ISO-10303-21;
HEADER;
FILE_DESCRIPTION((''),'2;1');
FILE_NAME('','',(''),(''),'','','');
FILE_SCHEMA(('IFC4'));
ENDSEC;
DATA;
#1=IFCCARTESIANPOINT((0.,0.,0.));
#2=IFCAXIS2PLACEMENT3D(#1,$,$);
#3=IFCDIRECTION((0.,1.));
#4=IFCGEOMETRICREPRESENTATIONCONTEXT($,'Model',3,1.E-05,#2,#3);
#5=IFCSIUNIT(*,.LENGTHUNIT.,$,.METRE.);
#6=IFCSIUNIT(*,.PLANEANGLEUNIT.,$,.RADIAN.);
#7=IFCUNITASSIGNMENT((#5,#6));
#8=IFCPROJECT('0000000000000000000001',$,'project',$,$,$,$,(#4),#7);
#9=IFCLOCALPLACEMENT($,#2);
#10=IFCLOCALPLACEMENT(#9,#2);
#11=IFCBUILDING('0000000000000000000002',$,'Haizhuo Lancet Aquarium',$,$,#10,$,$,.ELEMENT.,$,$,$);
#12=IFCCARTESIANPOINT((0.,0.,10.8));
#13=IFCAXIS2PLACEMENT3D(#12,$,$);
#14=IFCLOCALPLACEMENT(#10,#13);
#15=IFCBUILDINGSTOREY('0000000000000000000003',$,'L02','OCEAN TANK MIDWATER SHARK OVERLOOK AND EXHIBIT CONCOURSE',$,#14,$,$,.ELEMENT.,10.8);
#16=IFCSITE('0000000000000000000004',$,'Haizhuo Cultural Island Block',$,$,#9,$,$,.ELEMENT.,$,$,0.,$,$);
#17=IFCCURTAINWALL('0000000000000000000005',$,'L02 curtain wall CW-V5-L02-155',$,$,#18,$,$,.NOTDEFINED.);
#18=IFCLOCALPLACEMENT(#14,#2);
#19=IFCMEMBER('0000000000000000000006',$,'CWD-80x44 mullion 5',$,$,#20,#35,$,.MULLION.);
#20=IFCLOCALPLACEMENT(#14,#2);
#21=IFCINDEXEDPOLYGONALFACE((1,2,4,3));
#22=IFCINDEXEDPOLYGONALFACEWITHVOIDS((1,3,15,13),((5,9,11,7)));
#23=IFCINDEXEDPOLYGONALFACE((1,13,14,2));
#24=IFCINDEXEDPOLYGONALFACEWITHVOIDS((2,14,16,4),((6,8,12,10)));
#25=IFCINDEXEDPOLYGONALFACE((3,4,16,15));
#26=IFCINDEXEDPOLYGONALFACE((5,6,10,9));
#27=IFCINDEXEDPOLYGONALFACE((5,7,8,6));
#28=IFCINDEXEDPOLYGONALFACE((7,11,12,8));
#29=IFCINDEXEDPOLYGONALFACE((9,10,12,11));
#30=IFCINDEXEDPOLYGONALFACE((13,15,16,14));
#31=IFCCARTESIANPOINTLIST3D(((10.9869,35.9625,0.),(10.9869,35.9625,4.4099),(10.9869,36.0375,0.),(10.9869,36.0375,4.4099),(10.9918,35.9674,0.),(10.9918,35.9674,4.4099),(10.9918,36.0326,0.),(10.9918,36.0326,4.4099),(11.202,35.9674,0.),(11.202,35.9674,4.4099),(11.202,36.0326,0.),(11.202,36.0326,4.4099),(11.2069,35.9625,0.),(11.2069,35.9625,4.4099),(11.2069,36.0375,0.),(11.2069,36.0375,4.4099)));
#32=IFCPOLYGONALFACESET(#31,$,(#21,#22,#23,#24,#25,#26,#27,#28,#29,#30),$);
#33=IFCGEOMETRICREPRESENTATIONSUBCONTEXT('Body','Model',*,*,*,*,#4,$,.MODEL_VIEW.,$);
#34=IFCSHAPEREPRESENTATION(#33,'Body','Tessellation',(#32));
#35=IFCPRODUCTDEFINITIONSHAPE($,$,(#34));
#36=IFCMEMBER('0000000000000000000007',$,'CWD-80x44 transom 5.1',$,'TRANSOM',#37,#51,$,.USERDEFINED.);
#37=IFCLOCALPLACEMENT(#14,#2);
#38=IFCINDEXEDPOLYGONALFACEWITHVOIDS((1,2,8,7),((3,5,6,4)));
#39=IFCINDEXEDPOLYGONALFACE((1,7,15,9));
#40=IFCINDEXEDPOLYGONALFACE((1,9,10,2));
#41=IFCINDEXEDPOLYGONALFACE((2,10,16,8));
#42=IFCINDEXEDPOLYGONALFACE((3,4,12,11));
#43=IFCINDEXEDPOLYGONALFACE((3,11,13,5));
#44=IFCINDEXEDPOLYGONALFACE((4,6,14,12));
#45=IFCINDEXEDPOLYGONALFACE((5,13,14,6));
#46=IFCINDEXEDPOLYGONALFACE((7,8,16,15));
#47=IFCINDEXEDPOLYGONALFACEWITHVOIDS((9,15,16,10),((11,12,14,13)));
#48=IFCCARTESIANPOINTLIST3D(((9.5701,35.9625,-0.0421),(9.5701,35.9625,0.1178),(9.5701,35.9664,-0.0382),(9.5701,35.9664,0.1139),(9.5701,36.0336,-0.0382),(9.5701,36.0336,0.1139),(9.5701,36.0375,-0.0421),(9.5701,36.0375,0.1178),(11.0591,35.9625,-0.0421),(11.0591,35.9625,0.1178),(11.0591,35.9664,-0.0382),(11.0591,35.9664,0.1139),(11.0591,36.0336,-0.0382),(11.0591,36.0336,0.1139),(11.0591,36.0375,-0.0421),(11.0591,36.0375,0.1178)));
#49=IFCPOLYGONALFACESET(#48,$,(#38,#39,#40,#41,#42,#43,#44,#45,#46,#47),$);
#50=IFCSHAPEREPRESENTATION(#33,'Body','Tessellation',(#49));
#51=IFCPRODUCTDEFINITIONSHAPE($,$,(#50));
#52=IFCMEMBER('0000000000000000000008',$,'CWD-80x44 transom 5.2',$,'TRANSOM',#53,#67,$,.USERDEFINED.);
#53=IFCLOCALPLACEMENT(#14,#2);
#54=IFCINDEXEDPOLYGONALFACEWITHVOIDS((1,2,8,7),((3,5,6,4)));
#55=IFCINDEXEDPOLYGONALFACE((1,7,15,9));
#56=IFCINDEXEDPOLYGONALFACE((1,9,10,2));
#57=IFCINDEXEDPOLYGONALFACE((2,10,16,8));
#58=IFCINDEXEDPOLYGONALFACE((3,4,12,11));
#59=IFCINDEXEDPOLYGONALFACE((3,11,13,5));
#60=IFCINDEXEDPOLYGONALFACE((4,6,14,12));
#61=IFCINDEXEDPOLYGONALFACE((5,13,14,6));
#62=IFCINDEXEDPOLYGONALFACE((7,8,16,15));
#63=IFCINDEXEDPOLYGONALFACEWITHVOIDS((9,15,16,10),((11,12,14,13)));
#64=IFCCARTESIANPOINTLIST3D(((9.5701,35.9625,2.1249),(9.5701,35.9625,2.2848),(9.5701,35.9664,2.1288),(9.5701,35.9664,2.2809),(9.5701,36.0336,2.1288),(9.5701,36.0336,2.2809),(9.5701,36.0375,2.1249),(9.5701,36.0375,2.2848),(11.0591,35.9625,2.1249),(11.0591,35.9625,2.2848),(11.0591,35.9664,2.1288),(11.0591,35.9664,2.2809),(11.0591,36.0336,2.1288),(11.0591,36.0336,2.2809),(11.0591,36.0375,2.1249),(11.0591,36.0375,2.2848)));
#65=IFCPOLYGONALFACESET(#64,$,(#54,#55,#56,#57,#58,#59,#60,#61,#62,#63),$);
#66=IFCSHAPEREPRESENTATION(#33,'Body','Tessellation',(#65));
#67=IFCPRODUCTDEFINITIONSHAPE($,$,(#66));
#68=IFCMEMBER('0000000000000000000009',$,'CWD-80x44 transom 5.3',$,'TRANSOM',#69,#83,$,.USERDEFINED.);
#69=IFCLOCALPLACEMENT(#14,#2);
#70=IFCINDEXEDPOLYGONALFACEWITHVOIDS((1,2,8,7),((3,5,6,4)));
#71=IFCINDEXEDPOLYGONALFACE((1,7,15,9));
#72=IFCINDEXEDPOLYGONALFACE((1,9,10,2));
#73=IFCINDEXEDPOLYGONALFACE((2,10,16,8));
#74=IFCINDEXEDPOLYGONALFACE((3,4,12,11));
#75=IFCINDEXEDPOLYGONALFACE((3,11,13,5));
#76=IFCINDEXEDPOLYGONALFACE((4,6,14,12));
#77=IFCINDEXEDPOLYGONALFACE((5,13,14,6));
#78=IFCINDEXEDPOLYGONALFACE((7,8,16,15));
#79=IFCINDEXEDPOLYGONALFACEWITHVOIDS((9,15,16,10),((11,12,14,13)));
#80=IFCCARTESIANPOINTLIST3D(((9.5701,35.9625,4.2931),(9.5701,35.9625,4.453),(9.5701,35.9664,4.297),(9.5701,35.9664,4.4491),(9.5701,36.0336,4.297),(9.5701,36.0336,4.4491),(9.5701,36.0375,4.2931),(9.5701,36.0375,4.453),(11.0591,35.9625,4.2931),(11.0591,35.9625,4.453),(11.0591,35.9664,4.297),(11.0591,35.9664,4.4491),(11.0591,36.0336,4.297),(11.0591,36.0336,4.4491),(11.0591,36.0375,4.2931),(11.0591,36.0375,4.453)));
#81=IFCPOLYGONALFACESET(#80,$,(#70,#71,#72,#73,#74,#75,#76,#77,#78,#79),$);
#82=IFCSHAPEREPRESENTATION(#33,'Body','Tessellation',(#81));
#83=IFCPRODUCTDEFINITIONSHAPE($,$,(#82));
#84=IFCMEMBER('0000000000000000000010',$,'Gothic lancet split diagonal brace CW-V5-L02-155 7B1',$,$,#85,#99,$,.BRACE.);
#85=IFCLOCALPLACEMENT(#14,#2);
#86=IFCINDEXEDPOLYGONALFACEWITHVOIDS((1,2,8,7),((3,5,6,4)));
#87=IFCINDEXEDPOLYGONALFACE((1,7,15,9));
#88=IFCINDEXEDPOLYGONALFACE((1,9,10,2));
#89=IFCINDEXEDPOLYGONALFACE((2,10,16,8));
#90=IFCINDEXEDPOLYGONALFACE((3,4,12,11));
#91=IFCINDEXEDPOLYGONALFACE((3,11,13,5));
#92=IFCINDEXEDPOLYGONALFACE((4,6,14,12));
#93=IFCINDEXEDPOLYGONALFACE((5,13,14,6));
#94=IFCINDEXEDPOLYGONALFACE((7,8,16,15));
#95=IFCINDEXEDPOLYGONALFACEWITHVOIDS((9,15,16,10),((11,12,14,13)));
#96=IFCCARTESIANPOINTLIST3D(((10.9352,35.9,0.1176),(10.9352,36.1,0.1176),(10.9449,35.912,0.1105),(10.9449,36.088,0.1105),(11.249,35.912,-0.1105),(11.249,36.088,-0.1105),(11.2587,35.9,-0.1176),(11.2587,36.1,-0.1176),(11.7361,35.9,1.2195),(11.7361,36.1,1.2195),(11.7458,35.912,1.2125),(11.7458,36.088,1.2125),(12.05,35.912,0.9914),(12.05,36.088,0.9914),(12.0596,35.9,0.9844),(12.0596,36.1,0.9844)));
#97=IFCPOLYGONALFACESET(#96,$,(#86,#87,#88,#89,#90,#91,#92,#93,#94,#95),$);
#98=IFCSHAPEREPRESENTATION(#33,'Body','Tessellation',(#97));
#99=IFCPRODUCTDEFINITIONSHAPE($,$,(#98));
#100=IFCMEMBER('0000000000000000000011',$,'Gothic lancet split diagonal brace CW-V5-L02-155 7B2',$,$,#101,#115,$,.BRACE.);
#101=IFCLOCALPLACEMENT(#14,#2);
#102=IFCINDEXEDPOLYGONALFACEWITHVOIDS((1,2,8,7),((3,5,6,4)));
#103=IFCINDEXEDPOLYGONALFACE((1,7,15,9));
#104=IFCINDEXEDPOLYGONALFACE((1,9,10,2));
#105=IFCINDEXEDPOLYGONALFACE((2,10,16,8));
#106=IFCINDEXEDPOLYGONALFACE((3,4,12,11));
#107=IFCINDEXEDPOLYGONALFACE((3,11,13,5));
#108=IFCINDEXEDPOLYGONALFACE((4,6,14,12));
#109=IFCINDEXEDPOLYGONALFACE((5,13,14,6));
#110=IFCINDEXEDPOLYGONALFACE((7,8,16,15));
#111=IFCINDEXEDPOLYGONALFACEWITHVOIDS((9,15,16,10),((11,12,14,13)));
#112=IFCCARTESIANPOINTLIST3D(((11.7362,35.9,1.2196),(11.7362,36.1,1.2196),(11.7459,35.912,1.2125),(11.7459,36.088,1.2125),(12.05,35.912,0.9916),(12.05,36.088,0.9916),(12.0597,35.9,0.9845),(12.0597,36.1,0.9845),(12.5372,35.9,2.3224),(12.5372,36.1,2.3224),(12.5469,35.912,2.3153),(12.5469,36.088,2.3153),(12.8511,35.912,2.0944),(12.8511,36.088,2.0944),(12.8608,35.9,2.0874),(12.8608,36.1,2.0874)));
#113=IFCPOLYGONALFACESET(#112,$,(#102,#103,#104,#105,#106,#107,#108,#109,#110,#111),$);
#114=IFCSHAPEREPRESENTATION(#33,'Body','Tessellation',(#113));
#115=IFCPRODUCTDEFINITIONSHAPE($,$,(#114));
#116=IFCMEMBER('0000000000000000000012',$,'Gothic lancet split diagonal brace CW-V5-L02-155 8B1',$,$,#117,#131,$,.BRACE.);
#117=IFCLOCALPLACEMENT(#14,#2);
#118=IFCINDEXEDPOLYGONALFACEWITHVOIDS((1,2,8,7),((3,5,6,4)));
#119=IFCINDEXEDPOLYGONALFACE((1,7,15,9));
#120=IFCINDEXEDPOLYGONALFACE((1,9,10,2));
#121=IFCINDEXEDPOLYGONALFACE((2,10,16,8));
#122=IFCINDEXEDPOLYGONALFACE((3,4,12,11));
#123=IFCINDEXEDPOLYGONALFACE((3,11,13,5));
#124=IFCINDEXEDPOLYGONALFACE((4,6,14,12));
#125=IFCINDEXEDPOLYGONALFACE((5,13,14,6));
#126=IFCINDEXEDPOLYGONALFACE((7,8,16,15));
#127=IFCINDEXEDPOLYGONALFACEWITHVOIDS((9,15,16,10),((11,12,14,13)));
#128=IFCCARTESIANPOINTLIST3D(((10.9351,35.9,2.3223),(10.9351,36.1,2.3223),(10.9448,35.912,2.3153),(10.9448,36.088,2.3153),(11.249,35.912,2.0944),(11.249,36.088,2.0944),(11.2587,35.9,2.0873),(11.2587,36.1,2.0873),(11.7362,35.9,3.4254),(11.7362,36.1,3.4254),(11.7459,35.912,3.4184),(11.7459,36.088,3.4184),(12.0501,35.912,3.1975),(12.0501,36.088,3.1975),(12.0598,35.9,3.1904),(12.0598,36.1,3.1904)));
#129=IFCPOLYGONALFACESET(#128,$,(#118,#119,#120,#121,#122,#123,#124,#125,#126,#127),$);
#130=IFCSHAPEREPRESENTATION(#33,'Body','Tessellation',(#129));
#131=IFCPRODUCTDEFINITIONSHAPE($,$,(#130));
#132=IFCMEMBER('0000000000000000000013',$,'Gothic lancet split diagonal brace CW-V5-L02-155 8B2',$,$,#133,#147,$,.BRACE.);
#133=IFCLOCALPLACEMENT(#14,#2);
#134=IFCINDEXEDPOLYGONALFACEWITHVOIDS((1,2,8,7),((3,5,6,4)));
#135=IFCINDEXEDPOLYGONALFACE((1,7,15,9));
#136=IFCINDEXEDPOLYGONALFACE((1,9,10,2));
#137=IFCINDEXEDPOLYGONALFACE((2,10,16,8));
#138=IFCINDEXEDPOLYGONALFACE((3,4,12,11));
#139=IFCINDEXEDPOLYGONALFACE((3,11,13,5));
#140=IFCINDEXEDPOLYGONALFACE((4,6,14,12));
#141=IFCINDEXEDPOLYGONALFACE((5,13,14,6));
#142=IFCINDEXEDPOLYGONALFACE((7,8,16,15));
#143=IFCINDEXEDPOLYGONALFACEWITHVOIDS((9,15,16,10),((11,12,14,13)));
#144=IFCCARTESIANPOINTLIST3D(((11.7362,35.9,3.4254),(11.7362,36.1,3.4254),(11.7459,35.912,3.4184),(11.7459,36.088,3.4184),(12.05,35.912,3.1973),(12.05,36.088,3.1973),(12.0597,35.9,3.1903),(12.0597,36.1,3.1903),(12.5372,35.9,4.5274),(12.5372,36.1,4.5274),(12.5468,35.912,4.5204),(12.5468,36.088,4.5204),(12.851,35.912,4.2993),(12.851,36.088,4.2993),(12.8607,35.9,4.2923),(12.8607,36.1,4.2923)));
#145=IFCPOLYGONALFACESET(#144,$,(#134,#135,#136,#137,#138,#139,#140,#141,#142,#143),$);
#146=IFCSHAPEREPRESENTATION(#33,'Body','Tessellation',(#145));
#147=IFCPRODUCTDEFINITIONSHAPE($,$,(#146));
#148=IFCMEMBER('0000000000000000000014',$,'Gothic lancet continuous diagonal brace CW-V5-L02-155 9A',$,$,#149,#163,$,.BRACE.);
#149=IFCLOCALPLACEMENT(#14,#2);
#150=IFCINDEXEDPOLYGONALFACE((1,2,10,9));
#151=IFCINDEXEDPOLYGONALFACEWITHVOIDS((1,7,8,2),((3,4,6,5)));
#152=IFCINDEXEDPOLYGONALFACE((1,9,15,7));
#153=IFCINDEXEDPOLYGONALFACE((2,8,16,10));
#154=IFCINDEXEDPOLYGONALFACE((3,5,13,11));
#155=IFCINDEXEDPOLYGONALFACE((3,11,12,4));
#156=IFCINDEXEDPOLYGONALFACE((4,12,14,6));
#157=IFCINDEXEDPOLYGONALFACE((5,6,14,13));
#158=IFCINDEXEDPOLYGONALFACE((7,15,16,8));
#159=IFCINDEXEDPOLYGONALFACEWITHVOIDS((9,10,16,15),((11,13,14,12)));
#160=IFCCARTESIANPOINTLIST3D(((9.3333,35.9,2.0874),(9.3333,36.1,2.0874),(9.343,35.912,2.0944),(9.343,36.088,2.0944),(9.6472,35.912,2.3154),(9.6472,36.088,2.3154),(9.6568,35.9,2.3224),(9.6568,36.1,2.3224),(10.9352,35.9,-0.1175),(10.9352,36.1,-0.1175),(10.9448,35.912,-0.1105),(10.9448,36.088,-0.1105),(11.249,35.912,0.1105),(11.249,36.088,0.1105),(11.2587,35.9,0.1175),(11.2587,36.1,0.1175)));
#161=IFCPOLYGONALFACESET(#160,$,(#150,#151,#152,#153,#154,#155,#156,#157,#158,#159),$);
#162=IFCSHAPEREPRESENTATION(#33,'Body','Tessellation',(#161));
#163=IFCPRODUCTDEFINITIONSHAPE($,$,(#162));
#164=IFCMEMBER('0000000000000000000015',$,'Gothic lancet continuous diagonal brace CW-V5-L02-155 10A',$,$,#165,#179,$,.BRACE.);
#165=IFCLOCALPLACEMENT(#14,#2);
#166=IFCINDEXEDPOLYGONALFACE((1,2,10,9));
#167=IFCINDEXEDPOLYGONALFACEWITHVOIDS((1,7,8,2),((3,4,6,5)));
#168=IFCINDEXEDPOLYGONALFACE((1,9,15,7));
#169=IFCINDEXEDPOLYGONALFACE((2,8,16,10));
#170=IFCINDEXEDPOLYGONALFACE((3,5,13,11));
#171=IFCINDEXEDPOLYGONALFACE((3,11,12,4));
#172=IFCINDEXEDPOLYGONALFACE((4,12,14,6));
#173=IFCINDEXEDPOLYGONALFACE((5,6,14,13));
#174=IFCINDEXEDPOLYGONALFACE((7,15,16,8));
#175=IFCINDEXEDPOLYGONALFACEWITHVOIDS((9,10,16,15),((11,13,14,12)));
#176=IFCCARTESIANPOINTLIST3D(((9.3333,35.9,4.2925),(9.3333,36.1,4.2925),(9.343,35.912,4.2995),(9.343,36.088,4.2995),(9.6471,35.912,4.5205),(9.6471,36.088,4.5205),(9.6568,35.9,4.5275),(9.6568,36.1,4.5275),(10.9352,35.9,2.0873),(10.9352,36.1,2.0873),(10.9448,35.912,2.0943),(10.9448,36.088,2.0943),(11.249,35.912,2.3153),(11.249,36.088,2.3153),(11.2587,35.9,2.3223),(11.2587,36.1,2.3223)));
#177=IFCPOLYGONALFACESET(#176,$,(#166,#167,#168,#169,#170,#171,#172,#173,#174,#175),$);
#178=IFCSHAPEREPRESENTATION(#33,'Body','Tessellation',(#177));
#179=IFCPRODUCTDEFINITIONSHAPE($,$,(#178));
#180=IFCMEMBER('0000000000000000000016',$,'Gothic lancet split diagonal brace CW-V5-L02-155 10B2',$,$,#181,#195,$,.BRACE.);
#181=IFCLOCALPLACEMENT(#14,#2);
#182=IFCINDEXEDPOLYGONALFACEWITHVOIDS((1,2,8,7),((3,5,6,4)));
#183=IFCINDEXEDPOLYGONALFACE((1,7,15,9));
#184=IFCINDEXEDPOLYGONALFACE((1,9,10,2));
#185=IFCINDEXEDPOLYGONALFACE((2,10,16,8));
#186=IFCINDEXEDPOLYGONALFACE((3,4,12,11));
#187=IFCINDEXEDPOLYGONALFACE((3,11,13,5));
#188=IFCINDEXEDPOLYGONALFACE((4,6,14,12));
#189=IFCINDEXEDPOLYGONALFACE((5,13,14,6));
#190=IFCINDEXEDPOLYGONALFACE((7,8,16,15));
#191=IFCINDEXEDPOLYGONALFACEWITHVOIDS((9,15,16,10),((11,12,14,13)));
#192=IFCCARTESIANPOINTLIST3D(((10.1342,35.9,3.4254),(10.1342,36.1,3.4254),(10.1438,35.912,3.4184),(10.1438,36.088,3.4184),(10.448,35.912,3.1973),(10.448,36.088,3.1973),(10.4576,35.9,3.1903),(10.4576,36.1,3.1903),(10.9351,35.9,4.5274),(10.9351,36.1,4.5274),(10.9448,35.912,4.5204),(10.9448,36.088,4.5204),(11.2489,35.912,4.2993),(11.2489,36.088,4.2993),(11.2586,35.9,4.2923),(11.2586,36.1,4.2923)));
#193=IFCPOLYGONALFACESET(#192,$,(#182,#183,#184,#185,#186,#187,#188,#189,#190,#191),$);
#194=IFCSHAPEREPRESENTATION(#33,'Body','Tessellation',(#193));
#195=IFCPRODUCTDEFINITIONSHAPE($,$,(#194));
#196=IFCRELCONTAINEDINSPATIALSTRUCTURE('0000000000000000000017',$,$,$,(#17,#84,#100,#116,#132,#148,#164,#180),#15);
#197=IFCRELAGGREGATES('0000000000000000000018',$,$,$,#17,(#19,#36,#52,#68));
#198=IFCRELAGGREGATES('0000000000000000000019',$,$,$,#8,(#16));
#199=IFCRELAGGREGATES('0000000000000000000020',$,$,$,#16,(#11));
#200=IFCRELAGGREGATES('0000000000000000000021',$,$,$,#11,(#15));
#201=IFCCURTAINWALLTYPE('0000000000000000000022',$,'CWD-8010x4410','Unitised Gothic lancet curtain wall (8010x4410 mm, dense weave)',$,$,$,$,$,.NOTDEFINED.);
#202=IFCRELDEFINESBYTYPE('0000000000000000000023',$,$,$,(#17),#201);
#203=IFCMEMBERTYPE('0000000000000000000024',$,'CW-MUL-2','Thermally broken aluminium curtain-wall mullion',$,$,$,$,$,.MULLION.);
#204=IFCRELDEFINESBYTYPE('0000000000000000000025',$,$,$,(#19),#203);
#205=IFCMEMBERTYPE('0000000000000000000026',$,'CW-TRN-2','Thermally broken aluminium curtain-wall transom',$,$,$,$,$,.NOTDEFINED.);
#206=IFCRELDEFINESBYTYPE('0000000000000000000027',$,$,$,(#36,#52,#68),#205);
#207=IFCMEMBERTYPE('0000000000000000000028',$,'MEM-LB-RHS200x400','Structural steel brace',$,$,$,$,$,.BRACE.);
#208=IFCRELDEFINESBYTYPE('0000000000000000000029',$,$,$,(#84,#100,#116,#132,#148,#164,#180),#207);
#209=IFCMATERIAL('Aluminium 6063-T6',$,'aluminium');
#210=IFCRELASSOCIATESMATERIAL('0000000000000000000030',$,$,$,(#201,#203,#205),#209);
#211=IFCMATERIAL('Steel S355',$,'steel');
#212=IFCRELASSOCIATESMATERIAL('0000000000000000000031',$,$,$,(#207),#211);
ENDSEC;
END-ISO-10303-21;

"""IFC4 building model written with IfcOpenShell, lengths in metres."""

from ifc_helpers import new_model, si_unit, direction, frame, origin, origin_2d, place, context, subcontext, project, spatial, hollow_rectangle, extrude, material, material_profile, profile_set, type_object, element, aggregate, save


model = new_model("IFC4")

# Units and contexts
model_context = context("Model", 3, precision=1e-05, world=origin(), true_north=direction((0.0, 1.0)))
body_context = subcontext(model_context, "Body", "Model", "MODEL_VIEW")
ifc_project = project(units=[si_unit("LENGTHUNIT", "METRE"), si_unit("PLANEANGLEUNIT", "RADIAN")], contexts=[model_context])

# Site, building, storey
site_placement = place(None, origin())
site = spatial("IfcSite", under=ifc_project, at=site_placement, Name="Haizhuo Cultural Island Block", CompositionType="ELEMENT", RefElevation=0.0)
building_placement = place(site_placement, origin())
building = spatial("IfcBuilding", under=site, at=building_placement, Name="Haizhuo Lancet Aquarium", CompositionType="ELEMENT")
storey_placement = place(building_placement, frame((0.0, 0.0, 10.8)))
storey = spatial("IfcBuildingStorey", under=building, at=storey_placement, Name="L02", Description="OCEAN TANK MIDWATER SHARK OVERLOOK AND EXHIBIT CONCOURSE", CompositionType="ELEMENT", Elevation=10.8)

# Curtain wall, members
ifc_material_1 = material(Name="Aluminium 6063-T6", Category="aluminium")
curtain_wall_type = type_object("IfcCurtainWallType", Name="CWD-8010x4410", Description="Unitised Gothic lancet curtain wall (8010x4410 mm, dense weave)", PredefinedType="NOTDEFINED", material=ifc_material_1)
curtain_wall_placement = place(storey_placement, origin())
curtain_wall = element("IfcCurtainWall", 1, at=curtain_wall_placement, inside=storey, type_object=curtain_wall_type, Name="L02 curtain wall CW-V5-L02-155", PredefinedType="NOTDEFINED")
ifc_material_profile_1 = material_profile(ifc_material_1, hollow_rectangle(XDim=0.075, YDim=0.22, WallThickness=0.0049, at=origin_2d()), Name="ALU-M 75x220x5")
ifc_profile_set_1 = profile_set([ifc_material_profile_1], Name="Aluminium 6063-T6")
member_type_1 = type_object("IfcMemberType", Name="CW-MUL-2", Description="Thermally broken aluminium curtain-wall mullion", PredefinedType="MULLION", material=ifc_profile_set_1)
member_1_placement = place(storey_placement, frame((11.0969, 36.0, 0.0), z_axis=(0.0, 0.0, 1.0), x_axis=(0.0, -1.0, 0.0)))
member_1 = element("IfcMember", 2, at=member_1_placement, type_object=member_type_1, Name="CWD-80x44 mullion 5", PredefinedType="MULLION", context=body_context, shape_type="SweptSolid", body=[
    extrude(hollow_rectangle(XDim=0.075, YDim=0.22, WallThickness=0.0049, at=origin_2d()), origin(), (0.0, 0.0, 1.0), 4.4099),
])
ifc_material_profile_2 = material_profile(ifc_material_1, hollow_rectangle(XDim=0.075, YDim=0.1599, WallThickness=0.0039, at=origin_2d()), Name="ALU-T 75x160x4")
ifc_profile_set_2 = profile_set([ifc_material_profile_2], Name="Aluminium 6063-T6")
member_type_2 = type_object("IfcMemberType", Name="CW-TRN-2", Description="Thermally broken aluminium curtain-wall transom", PredefinedType="NOTDEFINED", material=ifc_profile_set_2)
member_2_placement = place(storey_placement, frame((11.0591, 36.0, 0.0378), z_axis=(-1.0, 0.0, 0.0), x_axis=(0.0, -1.0, 0.0)))
member_2 = element("IfcMember", 3, at=member_2_placement, type_object=member_type_2, Name="CWD-80x44 transom 5.1", ObjectType="TRANSOM", PredefinedType="USERDEFINED", context=body_context, shape_type="SweptSolid", body=[
    extrude(hollow_rectangle(XDim=0.075, YDim=0.1599, WallThickness=0.0039, at=origin_2d()), origin(), (0.0, 0.0, 1.0), 1.489),
])
member_3_placement = place(storey_placement, frame((11.0591, 36.0, 2.2048), z_axis=(-1.0, 0.0, 0.0), x_axis=(0.0, -1.0, 0.0)))
member_3 = element("IfcMember", 4, at=member_3_placement, type_object=member_type_2, Name="CWD-80x44 transom 5.2", ObjectType="TRANSOM", PredefinedType="USERDEFINED", context=body_context, shape_type="SweptSolid", body=[
    extrude(hollow_rectangle(XDim=0.075, YDim=0.1599, WallThickness=0.0039, at=origin_2d()), origin(), (0.0, 0.0, 1.0), 1.489),
])
member_4_placement = place(storey_placement, frame((11.0591, 36.0, 4.373), z_axis=(-1.0, 0.0, 0.0), x_axis=(0.0, -1.0, 0.0)))
member_4 = element("IfcMember", 5, at=member_4_placement, type_object=member_type_2, Name="CWD-80x44 transom 5.3", ObjectType="TRANSOM", PredefinedType="USERDEFINED", context=body_context, shape_type="SweptSolid", body=[
    extrude(hollow_rectangle(XDim=0.075, YDim=0.1599, WallThickness=0.0039, at=origin_2d()), origin(), (0.0, 0.0, 1.0), 1.489),
])

# Members
ifc_material_2 = material(Name="Steel S355", Category="steel")
ifc_material_profile_3 = material_profile(ifc_material_2, hollow_rectangle(XDim=0.2, YDim=0.3999, WallThickness=0.012, at=origin_2d()), Name="RHS 200x400x12")
ifc_profile_set_3 = profile_set([ifc_material_profile_3], Name="Steel S355")
member_type_3 = type_object("IfcMemberType", Name="MEM-LB-RHS200x400", Description="Structural steel brace", PredefinedType="BRACE", material=ifc_profile_set_3)
member_5_placement = place(storey_placement, frame((11.0969, 36.0, 0.0), z_axis=(0.587948, 0.0, 0.808899), x_axis=(0.0, 1.0, 0.0)))
element("IfcMember", 6, at=member_5_placement, inside=storey, type_object=member_type_3, Name="Gothic lancet split diagonal brace CW-V5-L02-155 7B1", PredefinedType="BRACE", context=body_context, shape_type="SweptSolid", body=[
    extrude(hollow_rectangle(XDim=0.2, YDim=0.3999, WallThickness=0.012, at=origin_2d()), origin(), (0.0, 0.0, 1.0), 1.3623),
])
member_6_placement = place(storey_placement, frame((11.8979, 36.0, 1.1021), z_axis=(0.587692, 0.0, 0.809084), x_axis=(0.0, 1.0, 0.0)))
element("IfcMember", 7, at=member_6_placement, inside=storey, type_object=member_type_3, Name="Gothic lancet split diagonal brace CW-V5-L02-155 7B2", PredefinedType="BRACE", context=body_context, shape_type="SweptSolid", body=[
    extrude(hollow_rectangle(XDim=0.2, YDim=0.3999, WallThickness=0.012, at=origin_2d()), origin(), (0.0, 0.0, 1.0), 1.363),
])
member_7_placement = place(storey_placement, frame((11.0969, 36.0, 2.2048), z_axis=(0.587607, 0.0, 0.809146), x_axis=(0.0, 1.0, 0.0)))
element("IfcMember", 8, at=member_7_placement, inside=storey, type_object=member_type_3, Name="Gothic lancet split diagonal brace CW-V5-L02-155 8B1", PredefinedType="BRACE", context=body_context, shape_type="SweptSolid", body=[
    extrude(hollow_rectangle(XDim=0.2, YDim=0.3999, WallThickness=0.012, at=origin_2d()), origin(), (0.0, 0.0, 1.0), 1.3633),
])
member_8_placement = place(storey_placement, frame((11.8979, 36.0, 3.3079), z_axis=(0.587948, 0.0, 0.808899), x_axis=(0.0, 1.0, 0.0)))
element("IfcMember", 9, at=member_8_placement, inside=storey, type_object=member_type_3, Name="Gothic lancet split diagonal brace CW-V5-L02-155 8B2", PredefinedType="BRACE", context=body_context, shape_type="SweptSolid", body=[
    extrude(hollow_rectangle(XDim=0.2, YDim=0.3999, WallThickness=0.012, at=origin_2d()), origin(), (0.0, 0.0, 1.0), 1.3623),
])
member_9_placement = place(storey_placement, frame((11.0969, 36.0, 0.0), z_axis=(-0.587761, 0.0, 0.809034), x_axis=(0.0, -1.0, 0.0)))
element("IfcMember", 10, at=member_9_placement, inside=storey, type_object=member_type_3, Name="Gothic lancet continuous diagonal brace CW-V5-L02-155 9A", PredefinedType="BRACE", context=body_context, shape_type="SweptSolid", body=[
    extrude(hollow_rectangle(XDim=0.2, YDim=0.3999, WallThickness=0.012, at=origin_2d()), origin(), (0.0, 0.0, 1.0), 2.7253),
])
member_10_placement = place(storey_placement, frame((11.0969, 36.0, 2.2048), z_axis=(-0.587719, 0.0, 0.809065), x_axis=(0.0, -1.0, 0.0)))
element("IfcMember", 11, at=member_10_placement, inside=storey, type_object=member_type_3, Name="Gothic lancet continuous diagonal brace CW-V5-L02-155 10A", PredefinedType="BRACE", context=body_context, shape_type="SweptSolid", body=[
    extrude(hollow_rectangle(XDim=0.2, YDim=0.3999, WallThickness=0.012, at=origin_2d()), origin(), (0.0, 0.0, 1.0), 2.7256),
])
member_11_placement = place(storey_placement, frame((10.2959, 36.0, 3.3079), z_axis=(0.587948, 0.0, 0.808899), x_axis=(0.0, 1.0, 0.0)))
element("IfcMember", 12, at=member_11_placement, inside=storey, type_object=member_type_3, Name="Gothic lancet split diagonal brace CW-V5-L02-155 10B2", PredefinedType="BRACE", context=body_context, shape_type="SweptSolid", body=[
    extrude(hollow_rectangle(XDim=0.2, YDim=0.3999, WallThickness=0.012, at=origin_2d()), origin(), (0.0, 0.0, 1.0), 1.3623),
])

aggregate(curtain_wall, [member_1, member_2, member_3, member_4])

save(model, "model.ifc")
